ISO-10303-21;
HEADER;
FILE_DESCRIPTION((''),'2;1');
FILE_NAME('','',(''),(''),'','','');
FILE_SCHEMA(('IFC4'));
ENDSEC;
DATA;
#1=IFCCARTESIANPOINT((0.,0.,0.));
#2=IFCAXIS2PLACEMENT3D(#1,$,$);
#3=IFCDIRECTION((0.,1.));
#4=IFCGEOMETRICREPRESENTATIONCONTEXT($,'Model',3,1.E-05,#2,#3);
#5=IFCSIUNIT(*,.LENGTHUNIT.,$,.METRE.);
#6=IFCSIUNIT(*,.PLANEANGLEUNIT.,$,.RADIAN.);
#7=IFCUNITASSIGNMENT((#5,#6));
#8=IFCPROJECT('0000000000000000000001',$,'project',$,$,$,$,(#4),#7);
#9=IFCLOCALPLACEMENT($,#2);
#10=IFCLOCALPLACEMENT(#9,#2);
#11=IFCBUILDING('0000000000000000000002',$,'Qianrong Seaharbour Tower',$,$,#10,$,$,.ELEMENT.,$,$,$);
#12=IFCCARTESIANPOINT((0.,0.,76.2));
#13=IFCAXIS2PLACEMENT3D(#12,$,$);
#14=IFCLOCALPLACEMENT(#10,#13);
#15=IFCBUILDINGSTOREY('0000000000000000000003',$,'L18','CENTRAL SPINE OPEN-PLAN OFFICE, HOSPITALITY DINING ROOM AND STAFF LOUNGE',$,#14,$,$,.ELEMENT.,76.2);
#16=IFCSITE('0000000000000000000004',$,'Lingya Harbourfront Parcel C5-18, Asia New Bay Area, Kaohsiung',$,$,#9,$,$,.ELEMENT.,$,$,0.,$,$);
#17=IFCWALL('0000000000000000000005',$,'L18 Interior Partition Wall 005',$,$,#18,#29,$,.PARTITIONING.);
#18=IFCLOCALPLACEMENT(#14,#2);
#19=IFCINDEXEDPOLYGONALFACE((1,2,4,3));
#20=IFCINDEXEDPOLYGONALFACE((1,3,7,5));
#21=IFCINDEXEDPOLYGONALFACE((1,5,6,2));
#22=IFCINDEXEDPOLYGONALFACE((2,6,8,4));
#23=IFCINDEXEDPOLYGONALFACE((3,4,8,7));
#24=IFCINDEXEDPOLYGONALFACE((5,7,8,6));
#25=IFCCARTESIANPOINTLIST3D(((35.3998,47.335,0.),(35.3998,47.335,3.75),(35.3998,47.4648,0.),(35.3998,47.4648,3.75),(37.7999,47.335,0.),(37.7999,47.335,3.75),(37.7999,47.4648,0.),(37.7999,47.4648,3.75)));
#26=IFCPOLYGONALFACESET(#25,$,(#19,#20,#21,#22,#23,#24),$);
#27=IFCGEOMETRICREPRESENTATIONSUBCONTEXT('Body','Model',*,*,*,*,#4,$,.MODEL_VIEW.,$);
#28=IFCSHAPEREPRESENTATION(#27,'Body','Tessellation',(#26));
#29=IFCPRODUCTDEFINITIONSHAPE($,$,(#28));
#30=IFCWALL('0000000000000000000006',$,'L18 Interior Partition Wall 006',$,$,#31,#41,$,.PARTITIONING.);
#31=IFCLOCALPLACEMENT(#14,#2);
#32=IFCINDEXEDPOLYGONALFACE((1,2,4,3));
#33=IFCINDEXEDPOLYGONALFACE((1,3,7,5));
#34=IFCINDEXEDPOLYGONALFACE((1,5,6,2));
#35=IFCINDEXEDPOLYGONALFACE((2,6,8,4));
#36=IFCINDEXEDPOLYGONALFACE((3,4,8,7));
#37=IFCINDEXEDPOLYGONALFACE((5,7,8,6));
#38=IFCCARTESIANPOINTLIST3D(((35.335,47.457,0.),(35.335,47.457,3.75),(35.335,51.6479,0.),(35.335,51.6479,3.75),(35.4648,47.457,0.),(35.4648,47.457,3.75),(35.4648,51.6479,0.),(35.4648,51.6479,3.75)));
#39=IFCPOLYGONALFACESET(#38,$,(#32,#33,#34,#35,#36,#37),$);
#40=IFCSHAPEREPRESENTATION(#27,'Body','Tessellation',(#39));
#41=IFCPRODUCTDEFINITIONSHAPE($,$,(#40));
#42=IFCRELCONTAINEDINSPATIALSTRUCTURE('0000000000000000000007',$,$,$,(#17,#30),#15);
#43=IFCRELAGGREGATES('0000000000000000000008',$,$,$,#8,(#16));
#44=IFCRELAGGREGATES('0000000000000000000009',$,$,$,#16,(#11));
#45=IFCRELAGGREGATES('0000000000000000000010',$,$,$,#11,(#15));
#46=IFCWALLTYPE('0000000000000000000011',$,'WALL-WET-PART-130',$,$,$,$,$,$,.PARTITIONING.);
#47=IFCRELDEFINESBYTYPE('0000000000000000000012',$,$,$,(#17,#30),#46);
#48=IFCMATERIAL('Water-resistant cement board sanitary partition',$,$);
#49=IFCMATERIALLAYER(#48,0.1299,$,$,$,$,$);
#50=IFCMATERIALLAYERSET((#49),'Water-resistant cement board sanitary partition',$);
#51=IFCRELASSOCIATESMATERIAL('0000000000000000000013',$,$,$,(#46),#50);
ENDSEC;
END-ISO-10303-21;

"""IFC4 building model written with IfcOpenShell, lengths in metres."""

from ifc_helpers import new_model, si_unit, direction, frame, frame_2d, origin, place, context, subcontext, project, spatial, rectangle, extrude, material, layer, layer_set, type_object, element, save


model = new_model("IFC4")

# Units and contexts
model_context = context("Model", 3, precision=1e-05, world=origin(), true_north=direction((0.0, 1.0)))
body_context = subcontext(model_context, "Body", "Model", "MODEL_VIEW")
ifc_project = project(units=[si_unit("LENGTHUNIT", "METRE"), si_unit("PLANEANGLEUNIT", "RADIAN")], contexts=[model_context])

# Site, building, storey
site_placement = place(None, origin())
site = spatial("IfcSite", under=ifc_project, at=site_placement, Name="Lingya Harbourfront Parcel C5-18, Asia New Bay Area, Kaohsiung", CompositionType="ELEMENT", RefElevation=0.0)
building_placement = place(site_placement, origin())
building = spatial("IfcBuilding", under=site, at=building_placement, Name="Qianrong Seaharbour Tower", CompositionType="ELEMENT")
storey_placement = place(building_placement, frame((0.0, 0.0, 76.2)))
storey = spatial("IfcBuildingStorey", under=building, at=storey_placement, Name="L18", Description="CENTRAL SPINE OPEN-PLAN OFFICE, HOSPITALITY DINING ROOM AND STAFF LOUNGE", CompositionType="ELEMENT", Elevation=76.2)

# Shared definitions
ifc_material_1 = material(Name="Water-resistant cement board sanitary partition")
ifc_layer_1 = layer(ifc_material_1, 0.1299)
ifc_layer_set_1 = layer_set([ifc_layer_1], Name="Water-resistant cement board sanitary partition")
wall_type_1 = type_object("IfcWallType", Name="WALL-WET-PART-130", PredefinedType="PARTITIONING", material=ifc_layer_set_1)

# Walls
wall_1_placement = place(storey_placement, frame((37.8, 47.3999, 0.0), z_axis=(0.0, 0.0, 1.0), x_axis=(-1.0, 0.0, 0.0)))
element("IfcWall", 1, at=wall_1_placement, inside=storey, type_object=wall_type_1, Name="L18 Interior Partition Wall 005", PredefinedType="PARTITIONING", context=body_context, shape_type="SweptSolid", body=[
    extrude(rectangle(XDim=2.4001, YDim=0.1299, at=frame_2d((1.2002, 0.0))), origin(), (0.0, 0.0, 1.0), 3.75),
])
wall_2_placement = place(storey_placement, frame((35.3999, 47.457, 0.0), z_axis=(0.0, 0.0, 1.0), x_axis=(0.0, 1.0, 0.0)))
element("IfcWall", 2, at=wall_2_placement, inside=storey, type_object=wall_type_1, Name="L18 Interior Partition Wall 006", PredefinedType="PARTITIONING", context=body_context, shape_type="SweptSolid", body=[
    extrude(rectangle(XDim=4.1909, YDim=0.1299, at=frame_2d((2.0955, 0.0))), origin(), (0.0, 0.0, 1.0), 3.75),
])

save(model, "model.ifc")
